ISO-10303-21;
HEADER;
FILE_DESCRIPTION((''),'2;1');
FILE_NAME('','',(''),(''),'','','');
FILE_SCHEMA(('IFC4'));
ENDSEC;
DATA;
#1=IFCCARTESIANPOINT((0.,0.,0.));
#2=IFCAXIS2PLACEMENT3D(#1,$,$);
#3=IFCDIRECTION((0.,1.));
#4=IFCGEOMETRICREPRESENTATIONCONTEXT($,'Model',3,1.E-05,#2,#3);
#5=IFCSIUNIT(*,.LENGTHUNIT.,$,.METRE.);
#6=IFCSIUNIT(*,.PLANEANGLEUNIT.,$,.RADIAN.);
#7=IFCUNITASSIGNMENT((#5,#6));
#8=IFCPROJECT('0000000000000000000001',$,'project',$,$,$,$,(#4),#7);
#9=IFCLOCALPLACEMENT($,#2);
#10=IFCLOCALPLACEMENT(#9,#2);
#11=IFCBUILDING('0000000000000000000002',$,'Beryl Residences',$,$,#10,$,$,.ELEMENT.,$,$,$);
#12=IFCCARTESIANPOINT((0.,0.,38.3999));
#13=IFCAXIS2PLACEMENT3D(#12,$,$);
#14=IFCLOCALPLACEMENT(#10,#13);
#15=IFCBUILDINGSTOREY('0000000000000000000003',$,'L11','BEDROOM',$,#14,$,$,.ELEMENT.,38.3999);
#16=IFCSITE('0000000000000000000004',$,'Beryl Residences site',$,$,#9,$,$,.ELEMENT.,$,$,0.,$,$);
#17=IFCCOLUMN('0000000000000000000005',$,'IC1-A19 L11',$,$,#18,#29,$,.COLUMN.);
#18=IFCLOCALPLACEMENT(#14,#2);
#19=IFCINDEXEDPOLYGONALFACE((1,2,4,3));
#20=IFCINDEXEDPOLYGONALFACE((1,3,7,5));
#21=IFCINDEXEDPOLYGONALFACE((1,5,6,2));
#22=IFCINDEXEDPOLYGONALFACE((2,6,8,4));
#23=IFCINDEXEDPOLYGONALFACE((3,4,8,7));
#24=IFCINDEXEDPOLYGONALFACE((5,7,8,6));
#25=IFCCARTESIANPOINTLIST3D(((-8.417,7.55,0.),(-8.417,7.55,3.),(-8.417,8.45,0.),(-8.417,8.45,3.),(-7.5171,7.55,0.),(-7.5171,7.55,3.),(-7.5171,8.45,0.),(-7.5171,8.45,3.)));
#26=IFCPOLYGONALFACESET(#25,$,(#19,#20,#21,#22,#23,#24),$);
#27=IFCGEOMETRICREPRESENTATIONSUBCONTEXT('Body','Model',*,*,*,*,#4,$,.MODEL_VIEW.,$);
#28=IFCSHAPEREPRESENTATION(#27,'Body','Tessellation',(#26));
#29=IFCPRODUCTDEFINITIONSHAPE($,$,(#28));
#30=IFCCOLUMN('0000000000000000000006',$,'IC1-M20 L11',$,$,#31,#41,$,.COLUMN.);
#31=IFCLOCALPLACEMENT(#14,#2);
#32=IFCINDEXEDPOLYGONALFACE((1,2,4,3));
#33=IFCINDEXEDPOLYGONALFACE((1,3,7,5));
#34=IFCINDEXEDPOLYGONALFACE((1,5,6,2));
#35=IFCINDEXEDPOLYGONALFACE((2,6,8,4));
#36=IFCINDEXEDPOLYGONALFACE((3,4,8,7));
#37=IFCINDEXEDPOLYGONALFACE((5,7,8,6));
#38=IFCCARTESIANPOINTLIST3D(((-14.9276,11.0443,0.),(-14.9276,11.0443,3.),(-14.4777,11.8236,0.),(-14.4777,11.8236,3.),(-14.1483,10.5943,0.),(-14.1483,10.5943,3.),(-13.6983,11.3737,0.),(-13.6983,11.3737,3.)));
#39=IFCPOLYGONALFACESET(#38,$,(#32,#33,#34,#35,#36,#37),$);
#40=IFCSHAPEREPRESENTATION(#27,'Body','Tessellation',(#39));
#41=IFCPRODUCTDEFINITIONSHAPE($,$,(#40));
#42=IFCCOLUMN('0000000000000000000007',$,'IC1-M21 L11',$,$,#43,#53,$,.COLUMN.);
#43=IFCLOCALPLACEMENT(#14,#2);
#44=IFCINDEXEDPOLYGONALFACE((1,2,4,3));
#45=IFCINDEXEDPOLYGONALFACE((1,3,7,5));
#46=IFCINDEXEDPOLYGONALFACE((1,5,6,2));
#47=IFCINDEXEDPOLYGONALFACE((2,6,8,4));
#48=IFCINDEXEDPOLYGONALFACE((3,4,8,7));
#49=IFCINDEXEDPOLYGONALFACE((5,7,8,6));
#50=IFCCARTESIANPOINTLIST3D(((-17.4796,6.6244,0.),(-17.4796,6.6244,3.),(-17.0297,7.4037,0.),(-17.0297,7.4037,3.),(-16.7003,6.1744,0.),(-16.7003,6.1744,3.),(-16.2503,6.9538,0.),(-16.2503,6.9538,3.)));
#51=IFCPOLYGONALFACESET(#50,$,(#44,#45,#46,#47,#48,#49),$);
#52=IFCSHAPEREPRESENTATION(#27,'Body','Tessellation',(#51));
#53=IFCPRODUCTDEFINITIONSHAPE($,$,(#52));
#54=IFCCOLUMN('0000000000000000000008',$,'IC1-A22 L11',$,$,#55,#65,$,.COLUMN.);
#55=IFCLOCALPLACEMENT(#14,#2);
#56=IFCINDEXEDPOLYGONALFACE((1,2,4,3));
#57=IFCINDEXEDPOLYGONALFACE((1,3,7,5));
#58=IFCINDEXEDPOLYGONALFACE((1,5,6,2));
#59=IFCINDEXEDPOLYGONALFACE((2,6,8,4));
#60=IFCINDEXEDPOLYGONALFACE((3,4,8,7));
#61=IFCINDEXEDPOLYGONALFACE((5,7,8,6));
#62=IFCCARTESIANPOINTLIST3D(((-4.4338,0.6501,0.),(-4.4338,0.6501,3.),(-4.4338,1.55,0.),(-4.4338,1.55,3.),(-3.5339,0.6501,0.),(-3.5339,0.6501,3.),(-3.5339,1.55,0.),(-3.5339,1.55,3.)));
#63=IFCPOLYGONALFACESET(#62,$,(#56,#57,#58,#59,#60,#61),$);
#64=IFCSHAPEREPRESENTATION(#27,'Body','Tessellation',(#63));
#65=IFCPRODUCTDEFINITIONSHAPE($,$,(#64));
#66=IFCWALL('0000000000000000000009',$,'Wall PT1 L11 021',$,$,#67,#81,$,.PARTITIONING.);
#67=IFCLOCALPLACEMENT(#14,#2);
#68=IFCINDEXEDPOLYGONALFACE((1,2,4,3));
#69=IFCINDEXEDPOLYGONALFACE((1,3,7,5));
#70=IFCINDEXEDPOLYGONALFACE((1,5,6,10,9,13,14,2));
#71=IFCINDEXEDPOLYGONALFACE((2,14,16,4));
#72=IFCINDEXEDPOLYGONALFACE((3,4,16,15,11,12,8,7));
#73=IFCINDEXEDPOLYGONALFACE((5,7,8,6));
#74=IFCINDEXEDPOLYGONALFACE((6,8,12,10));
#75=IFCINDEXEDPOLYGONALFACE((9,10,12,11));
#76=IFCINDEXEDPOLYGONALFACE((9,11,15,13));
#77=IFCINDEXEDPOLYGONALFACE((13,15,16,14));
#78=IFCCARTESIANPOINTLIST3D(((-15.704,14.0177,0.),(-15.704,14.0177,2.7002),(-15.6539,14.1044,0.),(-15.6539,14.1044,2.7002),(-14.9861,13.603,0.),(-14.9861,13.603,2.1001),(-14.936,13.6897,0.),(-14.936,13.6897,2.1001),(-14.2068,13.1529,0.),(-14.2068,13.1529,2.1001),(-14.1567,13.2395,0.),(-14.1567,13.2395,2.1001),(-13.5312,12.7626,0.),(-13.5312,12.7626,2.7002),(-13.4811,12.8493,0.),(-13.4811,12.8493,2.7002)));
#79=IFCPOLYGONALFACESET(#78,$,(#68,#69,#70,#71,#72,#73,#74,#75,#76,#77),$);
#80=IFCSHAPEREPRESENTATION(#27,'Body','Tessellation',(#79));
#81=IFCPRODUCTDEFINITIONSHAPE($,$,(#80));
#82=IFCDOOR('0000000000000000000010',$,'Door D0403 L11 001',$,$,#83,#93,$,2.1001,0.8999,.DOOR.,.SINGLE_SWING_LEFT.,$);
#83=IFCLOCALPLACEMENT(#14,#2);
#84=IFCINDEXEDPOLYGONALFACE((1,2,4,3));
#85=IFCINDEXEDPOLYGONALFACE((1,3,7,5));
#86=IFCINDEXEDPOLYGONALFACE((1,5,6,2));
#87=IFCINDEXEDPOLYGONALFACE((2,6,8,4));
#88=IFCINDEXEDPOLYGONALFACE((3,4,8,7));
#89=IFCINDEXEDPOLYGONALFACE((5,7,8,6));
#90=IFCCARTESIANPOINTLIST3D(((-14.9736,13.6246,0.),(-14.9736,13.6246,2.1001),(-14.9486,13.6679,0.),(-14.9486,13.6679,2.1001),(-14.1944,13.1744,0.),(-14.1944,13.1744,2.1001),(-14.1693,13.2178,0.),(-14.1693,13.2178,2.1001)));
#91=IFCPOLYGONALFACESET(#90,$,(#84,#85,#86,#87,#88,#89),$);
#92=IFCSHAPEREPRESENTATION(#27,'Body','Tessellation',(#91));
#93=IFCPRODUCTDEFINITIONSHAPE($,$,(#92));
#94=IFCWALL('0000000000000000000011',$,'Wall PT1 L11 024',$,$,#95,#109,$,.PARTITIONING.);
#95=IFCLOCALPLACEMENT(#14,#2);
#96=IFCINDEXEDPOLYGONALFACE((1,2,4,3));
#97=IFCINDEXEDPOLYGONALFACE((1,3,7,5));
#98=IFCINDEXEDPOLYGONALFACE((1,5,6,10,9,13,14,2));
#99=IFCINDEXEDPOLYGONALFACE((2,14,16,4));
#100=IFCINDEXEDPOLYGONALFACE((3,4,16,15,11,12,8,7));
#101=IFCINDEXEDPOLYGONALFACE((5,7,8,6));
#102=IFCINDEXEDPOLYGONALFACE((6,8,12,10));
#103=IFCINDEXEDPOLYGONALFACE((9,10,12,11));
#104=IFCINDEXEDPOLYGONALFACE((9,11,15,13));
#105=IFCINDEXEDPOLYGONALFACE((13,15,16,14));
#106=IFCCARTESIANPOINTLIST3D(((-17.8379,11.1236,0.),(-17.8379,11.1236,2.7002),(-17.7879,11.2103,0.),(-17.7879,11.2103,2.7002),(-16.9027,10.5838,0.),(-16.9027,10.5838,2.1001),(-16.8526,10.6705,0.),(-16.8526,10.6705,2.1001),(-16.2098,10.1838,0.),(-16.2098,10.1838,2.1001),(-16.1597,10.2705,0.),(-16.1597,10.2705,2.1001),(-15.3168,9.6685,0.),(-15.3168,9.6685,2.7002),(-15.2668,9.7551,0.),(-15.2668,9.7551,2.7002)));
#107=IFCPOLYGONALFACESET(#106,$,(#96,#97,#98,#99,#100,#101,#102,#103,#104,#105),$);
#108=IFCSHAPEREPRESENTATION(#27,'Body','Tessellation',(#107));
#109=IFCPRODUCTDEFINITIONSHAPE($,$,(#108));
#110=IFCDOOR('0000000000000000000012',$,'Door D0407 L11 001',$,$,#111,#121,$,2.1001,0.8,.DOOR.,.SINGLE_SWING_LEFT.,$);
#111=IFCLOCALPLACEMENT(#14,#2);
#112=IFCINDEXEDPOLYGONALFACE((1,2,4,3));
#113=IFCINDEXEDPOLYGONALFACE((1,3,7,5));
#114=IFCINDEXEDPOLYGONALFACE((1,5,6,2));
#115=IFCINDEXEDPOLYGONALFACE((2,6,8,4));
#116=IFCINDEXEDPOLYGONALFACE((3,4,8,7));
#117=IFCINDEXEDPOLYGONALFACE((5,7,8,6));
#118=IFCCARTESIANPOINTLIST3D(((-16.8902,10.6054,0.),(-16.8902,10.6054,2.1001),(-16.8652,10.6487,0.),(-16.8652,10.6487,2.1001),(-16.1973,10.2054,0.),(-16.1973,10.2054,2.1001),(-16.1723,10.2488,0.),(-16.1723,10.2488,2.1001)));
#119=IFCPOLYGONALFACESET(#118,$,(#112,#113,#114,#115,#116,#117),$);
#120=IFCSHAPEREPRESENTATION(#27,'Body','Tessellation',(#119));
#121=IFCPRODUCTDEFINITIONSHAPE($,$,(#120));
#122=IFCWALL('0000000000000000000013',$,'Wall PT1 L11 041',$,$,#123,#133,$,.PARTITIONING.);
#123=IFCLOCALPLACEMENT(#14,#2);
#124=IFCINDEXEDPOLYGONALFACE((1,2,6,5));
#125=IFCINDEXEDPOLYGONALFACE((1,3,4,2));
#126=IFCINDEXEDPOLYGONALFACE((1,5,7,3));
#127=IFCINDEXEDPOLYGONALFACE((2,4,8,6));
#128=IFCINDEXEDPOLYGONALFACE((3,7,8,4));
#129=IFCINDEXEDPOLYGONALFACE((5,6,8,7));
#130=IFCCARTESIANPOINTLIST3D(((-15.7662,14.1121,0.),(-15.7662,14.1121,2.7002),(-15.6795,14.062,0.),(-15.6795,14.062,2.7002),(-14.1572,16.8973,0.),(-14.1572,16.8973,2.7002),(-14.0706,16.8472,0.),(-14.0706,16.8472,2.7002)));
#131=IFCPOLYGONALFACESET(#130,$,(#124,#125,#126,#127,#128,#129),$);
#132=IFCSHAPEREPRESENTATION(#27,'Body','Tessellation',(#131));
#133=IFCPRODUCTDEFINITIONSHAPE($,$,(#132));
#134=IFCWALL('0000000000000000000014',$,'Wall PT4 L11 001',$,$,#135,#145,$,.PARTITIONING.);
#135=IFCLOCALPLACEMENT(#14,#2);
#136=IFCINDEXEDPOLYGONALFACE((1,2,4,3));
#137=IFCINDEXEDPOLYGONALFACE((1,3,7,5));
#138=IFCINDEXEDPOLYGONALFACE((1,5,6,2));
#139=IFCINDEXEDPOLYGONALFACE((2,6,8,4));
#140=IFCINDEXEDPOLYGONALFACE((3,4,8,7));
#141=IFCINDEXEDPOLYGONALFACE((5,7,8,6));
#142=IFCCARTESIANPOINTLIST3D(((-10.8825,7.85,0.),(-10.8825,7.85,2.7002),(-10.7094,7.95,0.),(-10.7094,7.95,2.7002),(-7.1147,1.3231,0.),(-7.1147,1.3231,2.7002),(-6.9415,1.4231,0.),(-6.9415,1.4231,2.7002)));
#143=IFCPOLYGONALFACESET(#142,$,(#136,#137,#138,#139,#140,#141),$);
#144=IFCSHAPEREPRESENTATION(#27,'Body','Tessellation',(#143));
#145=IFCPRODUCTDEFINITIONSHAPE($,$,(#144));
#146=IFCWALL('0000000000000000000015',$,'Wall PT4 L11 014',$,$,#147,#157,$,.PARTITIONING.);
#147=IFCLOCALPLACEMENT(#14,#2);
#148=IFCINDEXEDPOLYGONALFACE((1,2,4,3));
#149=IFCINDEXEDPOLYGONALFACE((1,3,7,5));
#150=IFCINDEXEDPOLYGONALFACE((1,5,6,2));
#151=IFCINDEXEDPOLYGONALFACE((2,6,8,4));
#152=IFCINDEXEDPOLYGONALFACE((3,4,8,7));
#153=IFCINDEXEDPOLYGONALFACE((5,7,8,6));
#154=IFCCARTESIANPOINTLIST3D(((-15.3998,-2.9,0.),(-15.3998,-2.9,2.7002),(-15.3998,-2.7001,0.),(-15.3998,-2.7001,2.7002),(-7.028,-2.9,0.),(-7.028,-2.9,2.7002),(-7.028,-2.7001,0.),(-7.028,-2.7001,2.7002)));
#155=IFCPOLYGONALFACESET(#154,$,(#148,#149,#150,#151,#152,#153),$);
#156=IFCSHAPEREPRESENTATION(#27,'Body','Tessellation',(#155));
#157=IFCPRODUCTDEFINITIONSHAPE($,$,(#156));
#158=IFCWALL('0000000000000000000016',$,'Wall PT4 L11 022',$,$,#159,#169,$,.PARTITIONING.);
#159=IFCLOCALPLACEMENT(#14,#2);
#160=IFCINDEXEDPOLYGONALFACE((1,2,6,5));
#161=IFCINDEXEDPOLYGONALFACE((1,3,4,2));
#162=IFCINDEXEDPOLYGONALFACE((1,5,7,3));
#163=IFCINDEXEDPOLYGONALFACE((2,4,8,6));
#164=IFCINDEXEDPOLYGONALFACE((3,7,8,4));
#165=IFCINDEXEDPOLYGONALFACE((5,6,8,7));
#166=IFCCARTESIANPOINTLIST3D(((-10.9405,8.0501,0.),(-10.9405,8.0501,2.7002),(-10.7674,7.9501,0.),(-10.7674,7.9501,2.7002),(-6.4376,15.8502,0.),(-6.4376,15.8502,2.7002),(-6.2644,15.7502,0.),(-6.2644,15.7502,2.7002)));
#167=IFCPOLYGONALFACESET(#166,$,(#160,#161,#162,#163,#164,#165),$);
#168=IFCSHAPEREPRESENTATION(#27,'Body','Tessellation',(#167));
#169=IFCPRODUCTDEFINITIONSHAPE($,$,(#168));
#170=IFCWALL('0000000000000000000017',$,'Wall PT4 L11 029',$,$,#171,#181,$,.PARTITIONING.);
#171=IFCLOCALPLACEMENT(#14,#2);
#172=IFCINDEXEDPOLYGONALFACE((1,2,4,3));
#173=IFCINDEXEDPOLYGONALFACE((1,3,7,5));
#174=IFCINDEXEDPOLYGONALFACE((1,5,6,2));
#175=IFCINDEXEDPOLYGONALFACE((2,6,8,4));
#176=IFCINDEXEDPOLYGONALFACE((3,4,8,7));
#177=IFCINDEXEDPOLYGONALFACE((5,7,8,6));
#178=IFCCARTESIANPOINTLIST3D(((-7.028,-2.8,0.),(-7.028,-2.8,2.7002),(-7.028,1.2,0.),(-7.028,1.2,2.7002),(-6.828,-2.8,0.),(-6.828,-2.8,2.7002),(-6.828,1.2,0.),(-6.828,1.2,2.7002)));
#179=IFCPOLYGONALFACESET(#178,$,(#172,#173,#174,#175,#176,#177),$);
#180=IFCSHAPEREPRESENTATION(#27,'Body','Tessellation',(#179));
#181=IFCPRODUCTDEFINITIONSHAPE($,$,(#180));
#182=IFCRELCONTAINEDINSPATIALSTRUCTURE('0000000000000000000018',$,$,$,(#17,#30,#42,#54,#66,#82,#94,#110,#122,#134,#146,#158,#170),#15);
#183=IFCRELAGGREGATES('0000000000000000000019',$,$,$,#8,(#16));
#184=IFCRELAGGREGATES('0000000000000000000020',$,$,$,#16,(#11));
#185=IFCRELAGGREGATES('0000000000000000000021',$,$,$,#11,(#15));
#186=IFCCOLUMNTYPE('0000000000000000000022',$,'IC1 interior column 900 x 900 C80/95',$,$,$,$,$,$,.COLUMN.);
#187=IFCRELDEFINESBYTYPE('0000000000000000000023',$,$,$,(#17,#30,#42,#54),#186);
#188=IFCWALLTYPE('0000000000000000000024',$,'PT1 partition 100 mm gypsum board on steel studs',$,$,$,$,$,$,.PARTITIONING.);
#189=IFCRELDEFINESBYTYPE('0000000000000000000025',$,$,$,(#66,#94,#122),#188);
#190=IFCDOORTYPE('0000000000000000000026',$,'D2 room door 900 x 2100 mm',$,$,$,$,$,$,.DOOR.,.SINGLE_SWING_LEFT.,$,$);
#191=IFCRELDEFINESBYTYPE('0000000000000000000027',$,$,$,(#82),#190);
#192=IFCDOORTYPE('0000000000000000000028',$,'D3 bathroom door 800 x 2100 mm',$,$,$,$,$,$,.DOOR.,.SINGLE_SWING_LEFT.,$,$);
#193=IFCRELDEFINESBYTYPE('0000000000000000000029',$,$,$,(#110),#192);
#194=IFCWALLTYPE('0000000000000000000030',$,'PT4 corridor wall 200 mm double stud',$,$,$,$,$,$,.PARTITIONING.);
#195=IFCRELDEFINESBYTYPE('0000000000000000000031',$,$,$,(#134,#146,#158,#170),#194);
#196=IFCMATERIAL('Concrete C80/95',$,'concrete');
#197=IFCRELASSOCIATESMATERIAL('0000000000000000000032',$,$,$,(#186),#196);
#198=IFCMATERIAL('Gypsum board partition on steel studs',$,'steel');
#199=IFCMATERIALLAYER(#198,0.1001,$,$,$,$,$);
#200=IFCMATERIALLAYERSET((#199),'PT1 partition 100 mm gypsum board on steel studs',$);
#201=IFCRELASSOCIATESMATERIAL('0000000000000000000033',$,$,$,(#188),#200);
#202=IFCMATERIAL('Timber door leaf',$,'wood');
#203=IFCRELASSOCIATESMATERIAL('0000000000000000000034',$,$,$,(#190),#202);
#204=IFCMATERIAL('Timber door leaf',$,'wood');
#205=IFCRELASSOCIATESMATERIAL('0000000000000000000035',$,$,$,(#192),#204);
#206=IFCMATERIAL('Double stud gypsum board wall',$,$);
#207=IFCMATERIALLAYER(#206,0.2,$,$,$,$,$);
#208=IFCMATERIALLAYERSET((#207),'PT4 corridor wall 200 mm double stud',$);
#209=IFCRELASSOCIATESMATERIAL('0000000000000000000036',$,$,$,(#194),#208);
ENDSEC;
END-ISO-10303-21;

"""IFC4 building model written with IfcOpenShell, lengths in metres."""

from ifc_helpers import new_model, si_unit, direction, frame, frame_2d, origin, origin_2d, place, context, subcontext, project, spatial, rectangle, extrude, material, layer, layer_set, material_profile, profile_set, type_object, element, fill, save


model = new_model("IFC4")

# Units and contexts
model_context = context("Model", 3, precision=1e-05, world=origin(), true_north=direction((0.0, 1.0)))
body_context = subcontext(model_context, "Body", "Model", "MODEL_VIEW")
ifc_project = project(units=[si_unit("LENGTHUNIT", "METRE"), si_unit("PLANEANGLEUNIT", "RADIAN")], contexts=[model_context])

# Site, building, storey
site_placement = place(None, origin())
site = spatial("IfcSite", under=ifc_project, at=site_placement, Name="Beryl Residences site", CompositionType="ELEMENT", RefElevation=0.0)
building_placement = place(site_placement, origin())
building = spatial("IfcBuilding", under=site, at=building_placement, Name="Beryl Residences", CompositionType="ELEMENT")
storey_placement = place(building_placement, frame((0.0, 0.0, 38.3999)))
storey = spatial("IfcBuildingStorey", under=building, at=storey_placement, Name="L11", Description="BEDROOM", CompositionType="ELEMENT", Elevation=38.3999)

# Columns
ifc_material_1 = material(Name="Concrete C80/95", Category="concrete")
ifc_material_profile = material_profile(ifc_material_1, rectangle(XDim=0.8999, YDim=0.8999, at=origin_2d()))
ifc_profile_set = profile_set([ifc_material_profile], Name="Concrete C80/95")
column_type = type_object("IfcColumnType", Name="IC1 interior column 900 x 900 C80/95", PredefinedType="COLUMN", material=ifc_profile_set)
for number, where, z_axis, x_axis, name in (
    (1, (-7.967, 8.0, 0.0), (0.0, 0.0, 1.0), (1.0, 0.0, 0.0), "IC1-A19 L11"),
    (2, (-14.313, 11.209, 0.0), (0.0, 0.0, 1.0), (-0.499985, -0.866034, 0.0), "IC1-M20 L11"),
    (3, (-16.865, 6.7891, 0.0), (0.0, 0.0, 1.0), (-0.499985, -0.866034, 0.0), "IC1-M21 L11"),
    (4, (-3.9839, 1.1001, 0.0), (0.0, 0.0, 1.0), (1.0, 0.0, 0.0), "IC1-A22 L11"),
):
    element("IfcColumn", number, at=place(storey_placement, frame(where, z_axis=z_axis, x_axis=x_axis)), inside=storey, type_object=column_type, Name=name, PredefinedType="COLUMN", context=body_context, shape_type="SweptSolid", body=[
        extrude(rectangle(XDim=0.8999, YDim=0.8999, at=origin_2d()), origin(), (0.0, 0.0, 1.0), 3.0),
    ])

# Walls, openings, doors
ifc_material_2 = material(Name="Gypsum board partition on steel studs", Category="steel")
ifc_layer_1 = layer(ifc_material_2, 0.1001)
ifc_layer_set_1 = layer_set([ifc_layer_1], Name="PT1 partition 100 mm gypsum board on steel studs")
wall_type_1 = type_object("IfcWallType", Name="PT1 partition 100 mm gypsum board on steel studs", PredefinedType="PARTITIONING", material=ifc_layer_set_1)
wall_1_placement = place(storey_placement, frame((-15.679, 14.061, 0.0), z_axis=(0.0, 0.0, 1.0), x_axis=(0.865917, -0.500188, 0.0)))
wall_1 = element("IfcWall", 5, at=wall_1_placement, inside=storey, type_object=wall_type_1, Name="Wall PT1 L11 021", PredefinedType="PARTITIONING", context=body_context, shape_type="SweptSolid", body=[
    extrude(rectangle(XDim=2.5093, YDim=0.1001, at=frame_2d((1.2546, 0.0))), origin(), (0.0, 0.0, 1.0), 2.7002),
])
opening_1_placement = place(wall_1_placement, frame((0.8291, 0.0, 0.0)))
opening_1 = element("IfcOpeningElement", 6, at=opening_1_placement, cuts=wall_1, PredefinedType="OPENING", context=body_context, shape_type="SweptSolid", body=[
    extrude(rectangle(XDim=0.8999, YDim=2.1001, at=frame_2d((0.45, 1.05))), frame((0.0, 0.0601, 0.0), z_axis=(0.0, -1.0, 0.0), x_axis=(1.0, 0.0, 0.0)), (0.0, 0.0, 1.0), 0.1201),
])
ifc_material_3 = material(Name="Timber door leaf", Category="wood")
door_type_1 = type_object("IfcDoorType", Name="D2 room door 900 x 2100 mm", OperationType="SINGLE_SWING_LEFT", PredefinedType="DOOR", material=ifc_material_3)
door_1_placement = place(opening_1_placement, origin())
door_1 = element("IfcDoor", 7, at=door_1_placement, inside=storey, type_object=door_type_1, Name="Door D0403 L11 001", OperationType="SINGLE_SWING_LEFT", OverallHeight=2.1001, OverallWidth=0.8999, PredefinedType="DOOR", context=body_context, shape_type="SweptSolid", body=[
    extrude(rectangle(XDim=0.8999, YDim=2.1001, at=frame_2d((0.45, 1.05))), frame((0.0, 0.0249, 0.0), z_axis=(0.0, -1.0, 0.0), x_axis=(1.0, 0.0, 0.0)), (0.0, 0.0, 1.0), 0.05),
])
fill(opening_1, door_1)
wall_2_placement = place(storey_placement, frame((-17.813, 11.167, 0.0), z_axis=(0.0, 0.0, 1.0), x_axis=(0.866088, -0.499892, 0.0)))
wall_2 = element("IfcWall", 8, at=wall_2_placement, inside=storey, type_object=wall_type_1, Name="Wall PT1 L11 024", PredefinedType="PARTITIONING", context=body_context, shape_type="SweptSolid", body=[
    extrude(rectangle(XDim=2.9109, YDim=0.1001, at=frame_2d((1.4556, 0.0))), origin(), (0.0, 0.0, 1.0), 2.7002),
])
opening_2_placement = place(wall_2_placement, frame((1.0801, 0.0, 0.0)))
opening_2 = element("IfcOpeningElement", 9, at=opening_2_placement, cuts=wall_2, PredefinedType="OPENING", context=body_context, shape_type="SweptSolid", body=[
    extrude(rectangle(XDim=0.8, YDim=2.1001, at=frame_2d((0.3999, 1.05))), frame((0.0, 0.0601, 0.0), z_axis=(0.0, -1.0, 0.0), x_axis=(1.0, 0.0, 0.0)), (0.0, 0.0, 1.0), 0.1201),
])
ifc_material_4 = material(Name="Timber door leaf", Category="wood")
door_type_2 = type_object("IfcDoorType", Name="D3 bathroom door 800 x 2100 mm", OperationType="SINGLE_SWING_LEFT", PredefinedType="DOOR", material=ifc_material_4)
door_2_placement = place(opening_2_placement, origin())
door_2 = element("IfcDoor", 10, at=door_2_placement, inside=storey, type_object=door_type_2, Name="Door D0407 L11 001", OperationType="SINGLE_SWING_LEFT", OverallHeight=2.1001, OverallWidth=0.8, PredefinedType="DOOR", context=body_context, shape_type="SweptSolid", body=[
    extrude(rectangle(XDim=0.8, YDim=2.1001, at=frame_2d((0.3999, 1.05))), frame((0.0, 0.0249, 0.0), z_axis=(0.0, -1.0, 0.0), x_axis=(1.0, 0.0, 0.0)), (0.0, 0.0, 1.0), 0.05),
])
fill(opening_2, door_2)

# Walls
wall_3_placement = place(storey_placement, frame((-15.7229, 14.0869, 0.0), z_axis=(0.0, 0.0, 1.0), x_axis=(0.500204, 0.865907, 0.0)))
element("IfcWall", 11, at=wall_3_placement, inside=storey, type_object=wall_type_1, Name="Wall PT1 L11 041", PredefinedType="PARTITIONING", context=body_context, shape_type="SweptSolid", body=[
    extrude(rectangle(XDim=3.2166, YDim=0.1001, at=frame_2d((1.6084, 0.0))), origin(), (0.0, 0.0, 1.0), 2.7002),
])
ifc_material_5 = material(Name="Double stud gypsum board wall")
ifc_layer_2 = layer(ifc_material_5, 0.2)
ifc_layer_set_2 = layer_set([ifc_layer_2], Name="PT4 corridor wall 200 mm double stud")
wall_type_2 = type_object("IfcWallType", Name="PT4 corridor wall 200 mm double stud", PredefinedType="PARTITIONING", material=ifc_layer_set_2)
wall_4_placement = place(storey_placement, frame((-10.7959, 7.8999, 0.0), z_axis=(0.0, 0.0, 1.0), x_axis=(0.499954, -0.866052, 0.0)))
element("IfcWall", 12, at=wall_4_placement, inside=storey, type_object=wall_type_2, Name="Wall PT4 L11 001", PredefinedType="PARTITIONING", context=body_context, shape_type="SweptSolid", body=[
    extrude(rectangle(XDim=7.5364, YDim=0.2, at=frame_2d((3.7681, 0.0))), origin(), (0.0, 0.0, 1.0), 2.7002),
])
wall_5_placement = place(storey_placement, frame((-15.3999, -2.8, 0.0), z_axis=(0.0, 0.0, 1.0), x_axis=(1.0, 0.0, 0.0)))
element("IfcWall", 13, at=wall_5_placement, inside=storey, type_object=wall_type_2, Name="Wall PT4 L11 014", PredefinedType="PARTITIONING", context=body_context, shape_type="SweptSolid", body=[
    extrude(rectangle(XDim=8.3718, YDim=0.2, at=frame_2d((4.186, 0.0))), origin(), (0.0, 0.0, 1.0), 2.7002),
])
wall_6_placement = place(storey_placement, frame((-10.854, 8.0, 0.0), z_axis=(0.0, 0.0, 1.0), x_axis=(0.499964, 0.866046, 0.0)))
element("IfcWall", 14, at=wall_6_placement, inside=storey, type_object=wall_type_2, Name="Wall PT4 L11 022", PredefinedType="PARTITIONING", context=body_context, shape_type="SweptSolid", body=[
    extrude(rectangle(XDim=9.0066, YDim=0.2, at=frame_2d((4.5034, 0.0))), origin(), (0.0, 0.0, 1.0), 2.7002),
])
wall_7_placement = place(storey_placement, frame((-6.928, -2.8, 0.0), z_axis=(0.0, 0.0, 1.0), x_axis=(0.0, 1.0, 0.0)))
element("IfcWall", 15, at=wall_7_placement, inside=storey, type_object=wall_type_2, Name="Wall PT4 L11 029", PredefinedType="PARTITIONING", context=body_context, shape_type="SweptSolid", body=[
    extrude(rectangle(XDim=4.0, YDim=0.2, at=frame_2d((2.0, 0.0))), origin(), (0.0, 0.0, 1.0), 2.7002),
])

save(model, "model.ifc")
